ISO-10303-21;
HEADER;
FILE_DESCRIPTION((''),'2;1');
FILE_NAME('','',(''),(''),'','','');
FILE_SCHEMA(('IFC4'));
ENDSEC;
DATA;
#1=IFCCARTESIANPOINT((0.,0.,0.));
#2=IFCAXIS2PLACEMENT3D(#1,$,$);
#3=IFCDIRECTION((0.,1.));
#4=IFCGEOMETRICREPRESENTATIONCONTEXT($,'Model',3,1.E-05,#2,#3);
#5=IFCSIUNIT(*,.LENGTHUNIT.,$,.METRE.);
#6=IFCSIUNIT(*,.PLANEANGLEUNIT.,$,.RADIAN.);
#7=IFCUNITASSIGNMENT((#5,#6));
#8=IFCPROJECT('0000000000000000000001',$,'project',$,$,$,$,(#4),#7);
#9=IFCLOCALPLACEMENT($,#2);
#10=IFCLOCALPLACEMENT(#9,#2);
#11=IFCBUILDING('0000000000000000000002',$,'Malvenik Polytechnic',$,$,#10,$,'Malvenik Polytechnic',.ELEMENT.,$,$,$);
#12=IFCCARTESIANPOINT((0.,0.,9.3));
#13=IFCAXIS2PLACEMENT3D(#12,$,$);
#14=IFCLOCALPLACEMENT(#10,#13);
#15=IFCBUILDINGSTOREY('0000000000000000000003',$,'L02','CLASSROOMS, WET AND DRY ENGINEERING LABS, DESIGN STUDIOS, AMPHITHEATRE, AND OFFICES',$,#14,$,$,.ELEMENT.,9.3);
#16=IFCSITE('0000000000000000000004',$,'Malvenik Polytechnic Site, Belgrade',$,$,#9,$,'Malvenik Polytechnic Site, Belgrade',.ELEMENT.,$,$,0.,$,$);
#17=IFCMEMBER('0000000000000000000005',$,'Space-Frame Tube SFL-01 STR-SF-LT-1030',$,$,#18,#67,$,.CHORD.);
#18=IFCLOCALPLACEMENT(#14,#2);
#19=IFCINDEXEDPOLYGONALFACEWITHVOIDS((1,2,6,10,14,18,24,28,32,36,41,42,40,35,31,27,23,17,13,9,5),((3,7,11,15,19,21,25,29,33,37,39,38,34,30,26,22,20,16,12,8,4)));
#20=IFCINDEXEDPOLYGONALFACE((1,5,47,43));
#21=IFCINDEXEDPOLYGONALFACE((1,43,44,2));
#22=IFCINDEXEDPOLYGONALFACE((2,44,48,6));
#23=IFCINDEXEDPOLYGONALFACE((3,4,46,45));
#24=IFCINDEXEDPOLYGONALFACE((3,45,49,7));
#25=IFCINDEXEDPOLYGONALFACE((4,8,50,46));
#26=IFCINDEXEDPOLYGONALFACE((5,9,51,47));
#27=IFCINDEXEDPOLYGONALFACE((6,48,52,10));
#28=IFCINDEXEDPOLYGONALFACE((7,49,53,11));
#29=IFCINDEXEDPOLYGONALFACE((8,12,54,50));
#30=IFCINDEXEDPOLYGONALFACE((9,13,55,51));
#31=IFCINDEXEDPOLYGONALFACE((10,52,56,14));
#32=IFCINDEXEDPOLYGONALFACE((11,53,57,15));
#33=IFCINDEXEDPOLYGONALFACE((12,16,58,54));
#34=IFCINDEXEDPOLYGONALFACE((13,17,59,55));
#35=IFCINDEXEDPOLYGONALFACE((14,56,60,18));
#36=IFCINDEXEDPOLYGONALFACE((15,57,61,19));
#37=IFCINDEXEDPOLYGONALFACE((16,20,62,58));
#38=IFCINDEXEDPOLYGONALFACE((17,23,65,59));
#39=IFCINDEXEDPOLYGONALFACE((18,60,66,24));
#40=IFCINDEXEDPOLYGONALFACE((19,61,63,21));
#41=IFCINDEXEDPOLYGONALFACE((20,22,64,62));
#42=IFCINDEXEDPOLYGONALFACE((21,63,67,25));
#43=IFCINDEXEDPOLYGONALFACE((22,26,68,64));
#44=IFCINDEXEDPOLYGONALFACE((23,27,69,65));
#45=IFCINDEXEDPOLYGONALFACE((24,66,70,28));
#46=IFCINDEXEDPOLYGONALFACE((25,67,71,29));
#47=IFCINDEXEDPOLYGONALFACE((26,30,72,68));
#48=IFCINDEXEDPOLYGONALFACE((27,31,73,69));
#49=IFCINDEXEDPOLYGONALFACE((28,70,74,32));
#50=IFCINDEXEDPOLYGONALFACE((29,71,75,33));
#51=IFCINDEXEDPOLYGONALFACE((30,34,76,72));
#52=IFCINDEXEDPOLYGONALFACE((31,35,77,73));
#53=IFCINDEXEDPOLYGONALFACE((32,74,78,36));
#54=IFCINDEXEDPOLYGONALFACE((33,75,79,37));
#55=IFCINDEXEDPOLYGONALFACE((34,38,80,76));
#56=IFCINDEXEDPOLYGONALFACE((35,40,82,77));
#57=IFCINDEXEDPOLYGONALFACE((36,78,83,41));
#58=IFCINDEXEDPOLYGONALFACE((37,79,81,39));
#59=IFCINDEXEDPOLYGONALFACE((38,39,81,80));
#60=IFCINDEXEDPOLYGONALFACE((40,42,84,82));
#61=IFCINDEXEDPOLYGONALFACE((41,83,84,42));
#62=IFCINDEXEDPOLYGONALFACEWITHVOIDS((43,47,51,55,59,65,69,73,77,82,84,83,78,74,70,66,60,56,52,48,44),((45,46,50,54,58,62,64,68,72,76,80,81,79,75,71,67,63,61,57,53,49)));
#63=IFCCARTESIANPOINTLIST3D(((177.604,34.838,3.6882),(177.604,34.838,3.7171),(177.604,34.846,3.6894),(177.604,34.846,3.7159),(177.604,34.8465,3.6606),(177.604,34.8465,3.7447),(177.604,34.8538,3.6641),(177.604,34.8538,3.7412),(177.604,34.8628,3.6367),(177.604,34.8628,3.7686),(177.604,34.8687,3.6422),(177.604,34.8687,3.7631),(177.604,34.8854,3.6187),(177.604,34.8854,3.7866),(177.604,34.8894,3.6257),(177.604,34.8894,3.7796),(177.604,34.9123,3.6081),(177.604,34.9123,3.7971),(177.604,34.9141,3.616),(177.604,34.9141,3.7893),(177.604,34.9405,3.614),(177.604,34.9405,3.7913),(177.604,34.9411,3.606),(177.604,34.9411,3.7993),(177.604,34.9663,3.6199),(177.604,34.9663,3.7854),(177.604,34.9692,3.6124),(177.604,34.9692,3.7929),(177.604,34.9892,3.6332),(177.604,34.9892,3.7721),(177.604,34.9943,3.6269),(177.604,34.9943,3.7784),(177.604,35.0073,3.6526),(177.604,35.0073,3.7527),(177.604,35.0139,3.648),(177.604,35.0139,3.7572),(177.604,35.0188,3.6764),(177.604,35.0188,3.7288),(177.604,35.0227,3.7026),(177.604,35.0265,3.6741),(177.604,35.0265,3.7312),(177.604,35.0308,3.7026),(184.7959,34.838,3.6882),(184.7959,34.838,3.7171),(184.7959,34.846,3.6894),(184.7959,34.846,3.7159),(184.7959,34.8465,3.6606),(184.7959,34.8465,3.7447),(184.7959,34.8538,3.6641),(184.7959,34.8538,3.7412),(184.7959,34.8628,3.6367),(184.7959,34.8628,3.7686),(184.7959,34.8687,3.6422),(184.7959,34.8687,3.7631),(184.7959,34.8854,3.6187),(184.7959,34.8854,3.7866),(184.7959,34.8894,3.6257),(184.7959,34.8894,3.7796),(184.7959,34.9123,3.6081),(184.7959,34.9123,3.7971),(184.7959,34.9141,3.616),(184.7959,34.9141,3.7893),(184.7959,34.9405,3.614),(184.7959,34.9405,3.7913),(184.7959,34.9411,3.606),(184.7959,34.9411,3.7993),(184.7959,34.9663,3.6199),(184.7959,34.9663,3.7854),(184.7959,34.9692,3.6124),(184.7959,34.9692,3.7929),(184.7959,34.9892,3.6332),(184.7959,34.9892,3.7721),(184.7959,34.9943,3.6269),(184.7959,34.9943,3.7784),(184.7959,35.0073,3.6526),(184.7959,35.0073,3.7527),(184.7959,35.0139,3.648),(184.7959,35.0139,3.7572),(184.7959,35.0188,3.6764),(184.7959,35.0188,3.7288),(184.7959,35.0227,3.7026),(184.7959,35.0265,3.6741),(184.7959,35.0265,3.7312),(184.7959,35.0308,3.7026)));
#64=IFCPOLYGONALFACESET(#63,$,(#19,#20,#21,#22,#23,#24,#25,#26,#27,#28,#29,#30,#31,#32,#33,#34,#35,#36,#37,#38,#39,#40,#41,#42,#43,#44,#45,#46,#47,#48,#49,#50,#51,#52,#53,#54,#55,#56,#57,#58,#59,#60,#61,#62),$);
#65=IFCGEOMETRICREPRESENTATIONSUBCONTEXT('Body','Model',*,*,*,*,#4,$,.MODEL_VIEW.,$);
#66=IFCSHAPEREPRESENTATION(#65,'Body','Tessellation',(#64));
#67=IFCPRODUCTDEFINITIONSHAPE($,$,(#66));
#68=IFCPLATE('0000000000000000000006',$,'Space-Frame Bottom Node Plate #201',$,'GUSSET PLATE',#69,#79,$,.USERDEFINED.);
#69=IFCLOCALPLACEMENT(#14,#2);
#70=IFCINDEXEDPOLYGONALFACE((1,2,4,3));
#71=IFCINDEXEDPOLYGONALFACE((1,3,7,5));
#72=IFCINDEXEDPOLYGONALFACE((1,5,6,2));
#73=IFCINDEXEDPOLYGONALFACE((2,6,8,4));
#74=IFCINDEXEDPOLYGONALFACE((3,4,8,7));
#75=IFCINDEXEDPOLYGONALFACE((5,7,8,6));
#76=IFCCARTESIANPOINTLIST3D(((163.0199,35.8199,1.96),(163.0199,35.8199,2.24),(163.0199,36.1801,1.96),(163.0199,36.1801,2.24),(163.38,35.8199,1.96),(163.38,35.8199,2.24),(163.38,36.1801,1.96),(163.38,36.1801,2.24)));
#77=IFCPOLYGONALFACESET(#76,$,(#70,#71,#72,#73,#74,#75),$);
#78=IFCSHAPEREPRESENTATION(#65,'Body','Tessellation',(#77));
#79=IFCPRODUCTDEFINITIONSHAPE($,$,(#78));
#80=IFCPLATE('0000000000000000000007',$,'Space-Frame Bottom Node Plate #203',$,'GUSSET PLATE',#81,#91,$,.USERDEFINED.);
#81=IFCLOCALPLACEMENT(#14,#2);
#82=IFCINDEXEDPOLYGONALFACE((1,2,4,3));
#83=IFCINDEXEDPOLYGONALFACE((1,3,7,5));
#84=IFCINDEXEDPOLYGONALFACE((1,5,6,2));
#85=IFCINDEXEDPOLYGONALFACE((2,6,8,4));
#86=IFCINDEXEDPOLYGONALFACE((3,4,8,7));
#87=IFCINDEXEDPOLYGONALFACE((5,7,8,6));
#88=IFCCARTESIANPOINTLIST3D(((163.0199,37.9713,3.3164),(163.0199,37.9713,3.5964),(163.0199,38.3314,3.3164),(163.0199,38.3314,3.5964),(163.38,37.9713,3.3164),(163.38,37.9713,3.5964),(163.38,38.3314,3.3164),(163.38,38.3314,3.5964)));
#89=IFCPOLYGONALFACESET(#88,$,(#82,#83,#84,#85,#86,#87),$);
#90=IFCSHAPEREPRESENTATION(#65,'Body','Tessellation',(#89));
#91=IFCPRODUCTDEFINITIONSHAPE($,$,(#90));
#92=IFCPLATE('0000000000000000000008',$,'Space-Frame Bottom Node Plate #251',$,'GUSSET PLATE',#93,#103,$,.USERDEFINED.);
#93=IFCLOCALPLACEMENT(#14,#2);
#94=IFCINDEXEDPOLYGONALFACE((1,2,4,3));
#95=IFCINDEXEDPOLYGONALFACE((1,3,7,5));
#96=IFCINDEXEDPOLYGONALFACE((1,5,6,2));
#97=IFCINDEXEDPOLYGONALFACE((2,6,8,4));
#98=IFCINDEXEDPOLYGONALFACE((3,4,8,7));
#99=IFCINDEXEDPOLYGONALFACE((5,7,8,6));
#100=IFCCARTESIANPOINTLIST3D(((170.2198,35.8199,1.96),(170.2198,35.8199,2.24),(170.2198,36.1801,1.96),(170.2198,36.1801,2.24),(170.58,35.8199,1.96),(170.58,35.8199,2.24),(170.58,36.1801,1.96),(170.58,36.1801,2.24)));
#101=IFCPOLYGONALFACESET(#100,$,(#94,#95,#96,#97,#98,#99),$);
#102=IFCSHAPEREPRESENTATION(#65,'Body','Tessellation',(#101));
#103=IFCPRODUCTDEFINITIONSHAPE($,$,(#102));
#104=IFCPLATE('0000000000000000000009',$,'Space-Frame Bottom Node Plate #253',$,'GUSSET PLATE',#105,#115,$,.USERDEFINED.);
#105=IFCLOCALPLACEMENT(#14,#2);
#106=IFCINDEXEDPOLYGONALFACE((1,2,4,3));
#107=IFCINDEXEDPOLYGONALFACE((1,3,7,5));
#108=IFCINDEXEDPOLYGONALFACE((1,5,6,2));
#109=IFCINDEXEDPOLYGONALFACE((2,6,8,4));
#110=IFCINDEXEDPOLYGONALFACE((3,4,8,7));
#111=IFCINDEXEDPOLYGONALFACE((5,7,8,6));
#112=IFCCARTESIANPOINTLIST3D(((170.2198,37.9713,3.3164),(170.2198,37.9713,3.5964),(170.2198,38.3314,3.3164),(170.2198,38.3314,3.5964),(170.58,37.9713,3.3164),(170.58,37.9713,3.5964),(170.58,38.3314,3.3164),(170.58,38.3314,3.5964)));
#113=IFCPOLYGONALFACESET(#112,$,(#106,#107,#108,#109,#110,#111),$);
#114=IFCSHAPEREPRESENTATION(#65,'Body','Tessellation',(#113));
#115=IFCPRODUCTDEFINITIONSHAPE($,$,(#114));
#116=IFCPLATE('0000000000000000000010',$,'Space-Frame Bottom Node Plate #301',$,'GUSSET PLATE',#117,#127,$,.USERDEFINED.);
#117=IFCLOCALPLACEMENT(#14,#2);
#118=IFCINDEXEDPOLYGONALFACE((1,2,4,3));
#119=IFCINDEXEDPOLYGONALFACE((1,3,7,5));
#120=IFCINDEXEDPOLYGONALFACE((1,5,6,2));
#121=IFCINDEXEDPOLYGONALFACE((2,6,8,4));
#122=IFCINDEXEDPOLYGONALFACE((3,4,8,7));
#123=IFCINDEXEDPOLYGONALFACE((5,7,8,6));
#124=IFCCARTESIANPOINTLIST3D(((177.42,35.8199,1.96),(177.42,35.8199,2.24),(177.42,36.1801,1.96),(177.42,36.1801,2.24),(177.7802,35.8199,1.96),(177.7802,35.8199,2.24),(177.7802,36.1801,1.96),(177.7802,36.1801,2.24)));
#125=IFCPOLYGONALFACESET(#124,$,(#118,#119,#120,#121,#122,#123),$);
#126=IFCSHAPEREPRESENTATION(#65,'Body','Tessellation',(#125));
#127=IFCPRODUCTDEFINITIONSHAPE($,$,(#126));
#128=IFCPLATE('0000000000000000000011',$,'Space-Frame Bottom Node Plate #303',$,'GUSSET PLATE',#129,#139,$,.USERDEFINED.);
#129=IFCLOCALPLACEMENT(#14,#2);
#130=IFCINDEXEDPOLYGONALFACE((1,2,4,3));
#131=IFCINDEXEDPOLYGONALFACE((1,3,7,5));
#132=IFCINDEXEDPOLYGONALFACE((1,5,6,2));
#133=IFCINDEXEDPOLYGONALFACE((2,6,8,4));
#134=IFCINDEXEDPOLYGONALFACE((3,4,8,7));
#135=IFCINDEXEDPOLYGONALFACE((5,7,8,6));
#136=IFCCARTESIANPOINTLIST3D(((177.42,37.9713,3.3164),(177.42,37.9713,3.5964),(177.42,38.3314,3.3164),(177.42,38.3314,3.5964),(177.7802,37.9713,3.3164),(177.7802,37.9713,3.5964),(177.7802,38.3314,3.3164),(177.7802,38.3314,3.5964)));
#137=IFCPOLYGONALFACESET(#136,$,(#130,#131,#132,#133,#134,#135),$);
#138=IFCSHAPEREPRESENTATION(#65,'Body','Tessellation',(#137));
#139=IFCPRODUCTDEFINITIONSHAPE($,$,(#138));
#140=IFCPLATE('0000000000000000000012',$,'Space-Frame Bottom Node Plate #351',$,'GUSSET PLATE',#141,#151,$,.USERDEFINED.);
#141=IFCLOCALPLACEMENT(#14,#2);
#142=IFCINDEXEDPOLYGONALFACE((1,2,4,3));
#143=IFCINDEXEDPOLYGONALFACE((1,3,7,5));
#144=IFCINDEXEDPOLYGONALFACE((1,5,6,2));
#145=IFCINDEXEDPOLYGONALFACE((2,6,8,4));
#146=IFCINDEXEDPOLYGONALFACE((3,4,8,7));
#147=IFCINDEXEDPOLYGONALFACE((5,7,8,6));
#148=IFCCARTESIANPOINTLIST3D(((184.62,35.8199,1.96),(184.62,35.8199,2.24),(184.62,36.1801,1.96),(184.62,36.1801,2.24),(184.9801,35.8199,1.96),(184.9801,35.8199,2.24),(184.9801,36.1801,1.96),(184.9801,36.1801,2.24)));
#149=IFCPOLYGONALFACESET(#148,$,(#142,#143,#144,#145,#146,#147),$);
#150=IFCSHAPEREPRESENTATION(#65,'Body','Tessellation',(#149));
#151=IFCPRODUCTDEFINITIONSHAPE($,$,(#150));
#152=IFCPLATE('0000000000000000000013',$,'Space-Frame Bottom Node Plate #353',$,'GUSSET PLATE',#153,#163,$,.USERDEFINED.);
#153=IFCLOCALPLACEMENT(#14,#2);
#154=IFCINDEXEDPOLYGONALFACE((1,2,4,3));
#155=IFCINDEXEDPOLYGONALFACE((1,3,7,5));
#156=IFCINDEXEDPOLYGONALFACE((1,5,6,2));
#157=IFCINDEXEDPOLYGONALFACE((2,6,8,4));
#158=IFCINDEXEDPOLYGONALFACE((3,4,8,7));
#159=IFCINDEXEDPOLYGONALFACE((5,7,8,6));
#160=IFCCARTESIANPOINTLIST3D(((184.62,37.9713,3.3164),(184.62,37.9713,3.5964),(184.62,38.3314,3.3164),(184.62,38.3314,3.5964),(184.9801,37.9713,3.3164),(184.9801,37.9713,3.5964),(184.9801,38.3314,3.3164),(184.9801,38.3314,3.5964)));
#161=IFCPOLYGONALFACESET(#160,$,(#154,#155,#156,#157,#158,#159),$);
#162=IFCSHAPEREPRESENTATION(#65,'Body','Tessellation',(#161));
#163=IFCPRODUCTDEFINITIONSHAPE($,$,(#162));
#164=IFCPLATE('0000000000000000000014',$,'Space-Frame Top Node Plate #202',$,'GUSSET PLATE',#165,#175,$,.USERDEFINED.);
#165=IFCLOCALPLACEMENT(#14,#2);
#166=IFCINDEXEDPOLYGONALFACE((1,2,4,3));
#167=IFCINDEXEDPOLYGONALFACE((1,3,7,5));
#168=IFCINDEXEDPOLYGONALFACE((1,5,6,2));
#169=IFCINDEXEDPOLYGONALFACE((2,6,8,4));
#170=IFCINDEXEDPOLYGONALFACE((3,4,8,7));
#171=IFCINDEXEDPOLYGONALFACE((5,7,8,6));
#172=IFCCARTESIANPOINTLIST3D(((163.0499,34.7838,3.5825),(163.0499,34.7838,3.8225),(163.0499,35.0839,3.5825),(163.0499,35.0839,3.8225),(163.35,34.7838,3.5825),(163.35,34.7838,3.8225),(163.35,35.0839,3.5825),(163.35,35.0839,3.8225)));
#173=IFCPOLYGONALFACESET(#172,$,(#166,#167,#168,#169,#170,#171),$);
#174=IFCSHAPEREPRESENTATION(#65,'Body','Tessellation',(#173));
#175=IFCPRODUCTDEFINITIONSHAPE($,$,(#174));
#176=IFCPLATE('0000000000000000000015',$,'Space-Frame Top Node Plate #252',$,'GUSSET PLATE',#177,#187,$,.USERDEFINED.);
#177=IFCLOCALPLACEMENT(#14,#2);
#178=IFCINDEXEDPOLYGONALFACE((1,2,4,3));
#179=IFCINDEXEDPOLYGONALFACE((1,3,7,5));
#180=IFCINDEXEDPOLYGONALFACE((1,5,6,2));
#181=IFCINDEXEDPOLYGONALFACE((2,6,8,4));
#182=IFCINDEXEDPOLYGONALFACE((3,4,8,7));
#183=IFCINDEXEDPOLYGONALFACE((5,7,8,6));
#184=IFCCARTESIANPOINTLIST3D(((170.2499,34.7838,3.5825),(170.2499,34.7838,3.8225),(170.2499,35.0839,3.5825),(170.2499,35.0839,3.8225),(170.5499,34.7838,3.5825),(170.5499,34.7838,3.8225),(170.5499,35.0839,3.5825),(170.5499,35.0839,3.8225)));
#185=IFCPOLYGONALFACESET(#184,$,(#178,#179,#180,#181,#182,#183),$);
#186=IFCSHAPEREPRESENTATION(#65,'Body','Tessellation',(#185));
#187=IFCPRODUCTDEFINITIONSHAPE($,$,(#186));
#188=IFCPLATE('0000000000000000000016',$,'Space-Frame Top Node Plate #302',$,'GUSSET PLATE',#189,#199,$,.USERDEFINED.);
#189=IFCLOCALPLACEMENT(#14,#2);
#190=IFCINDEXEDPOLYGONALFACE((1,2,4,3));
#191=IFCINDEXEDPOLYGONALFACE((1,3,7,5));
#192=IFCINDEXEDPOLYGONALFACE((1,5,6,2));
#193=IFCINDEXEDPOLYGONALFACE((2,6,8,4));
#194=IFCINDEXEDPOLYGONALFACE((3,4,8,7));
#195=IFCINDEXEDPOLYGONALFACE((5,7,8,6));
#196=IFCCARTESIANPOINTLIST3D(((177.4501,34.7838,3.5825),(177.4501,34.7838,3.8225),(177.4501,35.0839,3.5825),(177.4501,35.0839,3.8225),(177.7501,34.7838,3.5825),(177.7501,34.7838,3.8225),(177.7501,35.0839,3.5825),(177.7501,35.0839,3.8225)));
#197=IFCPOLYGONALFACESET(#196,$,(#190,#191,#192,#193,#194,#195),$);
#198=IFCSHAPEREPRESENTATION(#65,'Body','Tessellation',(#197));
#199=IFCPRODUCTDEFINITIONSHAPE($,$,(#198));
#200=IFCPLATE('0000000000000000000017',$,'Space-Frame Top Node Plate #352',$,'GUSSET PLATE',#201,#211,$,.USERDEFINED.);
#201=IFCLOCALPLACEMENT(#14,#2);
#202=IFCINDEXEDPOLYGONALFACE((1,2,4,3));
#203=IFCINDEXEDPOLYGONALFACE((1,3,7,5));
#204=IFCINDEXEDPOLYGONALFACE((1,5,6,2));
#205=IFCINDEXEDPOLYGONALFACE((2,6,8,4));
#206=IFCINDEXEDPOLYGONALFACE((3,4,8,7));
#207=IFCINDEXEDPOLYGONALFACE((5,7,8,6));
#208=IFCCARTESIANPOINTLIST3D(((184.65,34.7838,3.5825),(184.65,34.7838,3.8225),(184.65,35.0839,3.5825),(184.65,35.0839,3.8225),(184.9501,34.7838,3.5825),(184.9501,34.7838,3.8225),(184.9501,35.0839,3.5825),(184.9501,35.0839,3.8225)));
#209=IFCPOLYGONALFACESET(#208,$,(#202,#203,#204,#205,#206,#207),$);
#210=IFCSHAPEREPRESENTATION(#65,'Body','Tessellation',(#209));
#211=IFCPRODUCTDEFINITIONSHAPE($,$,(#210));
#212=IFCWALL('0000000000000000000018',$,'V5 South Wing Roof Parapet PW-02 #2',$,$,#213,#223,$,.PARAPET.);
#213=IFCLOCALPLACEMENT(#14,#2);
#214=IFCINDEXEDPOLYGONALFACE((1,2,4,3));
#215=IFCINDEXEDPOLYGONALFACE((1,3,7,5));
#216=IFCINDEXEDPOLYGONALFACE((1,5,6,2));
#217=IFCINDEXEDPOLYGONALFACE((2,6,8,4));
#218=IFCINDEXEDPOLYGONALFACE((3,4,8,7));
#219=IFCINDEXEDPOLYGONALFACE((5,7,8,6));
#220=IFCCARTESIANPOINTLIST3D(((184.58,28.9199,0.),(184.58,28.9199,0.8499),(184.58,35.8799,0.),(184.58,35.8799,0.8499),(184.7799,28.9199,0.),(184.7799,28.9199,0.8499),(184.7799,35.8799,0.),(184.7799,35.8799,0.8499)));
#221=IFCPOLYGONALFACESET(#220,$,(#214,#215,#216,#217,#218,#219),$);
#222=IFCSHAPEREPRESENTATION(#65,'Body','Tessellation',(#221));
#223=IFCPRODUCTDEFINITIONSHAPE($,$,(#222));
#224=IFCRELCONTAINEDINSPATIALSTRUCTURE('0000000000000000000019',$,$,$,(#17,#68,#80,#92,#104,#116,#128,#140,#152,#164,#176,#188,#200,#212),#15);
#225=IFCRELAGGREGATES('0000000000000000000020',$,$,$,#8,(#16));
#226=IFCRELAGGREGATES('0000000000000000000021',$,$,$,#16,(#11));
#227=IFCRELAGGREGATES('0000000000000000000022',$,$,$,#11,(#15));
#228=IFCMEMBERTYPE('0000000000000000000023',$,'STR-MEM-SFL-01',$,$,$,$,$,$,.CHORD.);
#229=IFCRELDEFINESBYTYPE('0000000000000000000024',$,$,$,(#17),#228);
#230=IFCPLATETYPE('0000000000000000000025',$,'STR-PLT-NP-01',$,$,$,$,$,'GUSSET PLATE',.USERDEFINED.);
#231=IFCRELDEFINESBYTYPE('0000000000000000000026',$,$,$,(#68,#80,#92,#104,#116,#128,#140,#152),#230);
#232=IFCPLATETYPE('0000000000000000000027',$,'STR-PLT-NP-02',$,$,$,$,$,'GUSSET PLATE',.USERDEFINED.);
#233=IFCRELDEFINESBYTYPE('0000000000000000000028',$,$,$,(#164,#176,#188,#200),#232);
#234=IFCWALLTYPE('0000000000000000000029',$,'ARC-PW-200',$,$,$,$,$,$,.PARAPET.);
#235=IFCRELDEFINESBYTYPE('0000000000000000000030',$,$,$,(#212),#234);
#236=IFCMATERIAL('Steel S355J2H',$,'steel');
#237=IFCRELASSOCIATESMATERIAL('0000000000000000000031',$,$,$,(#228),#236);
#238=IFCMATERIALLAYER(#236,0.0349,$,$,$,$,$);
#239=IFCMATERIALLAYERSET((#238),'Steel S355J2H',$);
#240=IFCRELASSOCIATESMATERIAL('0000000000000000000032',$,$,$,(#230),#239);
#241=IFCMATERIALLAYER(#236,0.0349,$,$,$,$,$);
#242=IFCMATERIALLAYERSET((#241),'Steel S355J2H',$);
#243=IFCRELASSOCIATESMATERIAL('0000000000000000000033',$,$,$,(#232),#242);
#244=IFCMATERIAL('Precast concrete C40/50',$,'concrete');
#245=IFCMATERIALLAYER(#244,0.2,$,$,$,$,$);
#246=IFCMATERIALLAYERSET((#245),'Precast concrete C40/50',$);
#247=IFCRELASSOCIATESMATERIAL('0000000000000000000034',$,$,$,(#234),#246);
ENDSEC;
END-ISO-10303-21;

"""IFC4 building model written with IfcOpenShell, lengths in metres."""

from ifc_helpers import new_model, si_unit, direction, frame, frame_2d, origin, origin_2d, place, context, subcontext, project, spatial, rectangle, hollow_circle, extrude, material, layer, layer_set, material_profile, profile_set, type_object, element, save


model = new_model("IFC4")

# Units and contexts
model_context = context("Model", 3, precision=1e-05, world=origin(), true_north=direction((0.0, 1.0)))
body_context = subcontext(model_context, "Body", "Model", "MODEL_VIEW")
ifc_project = project(units=[si_unit("LENGTHUNIT", "METRE"), si_unit("PLANEANGLEUNIT", "RADIAN")], contexts=[model_context])

# Site, building, storey
site_placement = place(None, origin())
site = spatial("IfcSite", under=ifc_project, at=site_placement, Name="Malvenik Polytechnic Site, Belgrade", LongName="Malvenik Polytechnic Site, Belgrade", CompositionType="ELEMENT", RefElevation=0.0)
building_placement = place(site_placement, origin())
building = spatial("IfcBuilding", under=site, at=building_placement, Name="Malvenik Polytechnic", LongName="Malvenik Polytechnic", CompositionType="ELEMENT")
storey_placement = place(building_placement, frame((0.0, 0.0, 9.3)))
storey = spatial("IfcBuildingStorey", under=building, at=storey_placement, Name="L02", Description="CLASSROOMS, WET AND DRY ENGINEERING LABS, DESIGN STUDIOS, AMPHITHEATRE, AND OFFICES", CompositionType="ELEMENT", Elevation=9.3)

# Member
ifc_material_1 = material(Name="Steel S355J2H", Category="steel")
ifc_material_profile_1 = material_profile(ifc_material_1, hollow_circle(Radius=0.0969, WallThickness=0.0081, at=origin_2d()), Name="CHS 193.7x8.0")
ifc_profile_set_1 = profile_set([ifc_material_profile_1], Name="Steel S355J2H")
member_type_1 = type_object("IfcMemberType", Name="STR-MEM-SFL-01", PredefinedType="CHORD", material=ifc_profile_set_1)
for number, where, z_axis, x_axis, name in (
    (1, (177.604, 34.9338, 3.7026), (1.0, 0.0, 0.0), (0.0, 1.0, 0.0), "Space-Frame Tube SFL-01 STR-SF-LT-1030"),
):
    element("IfcMember", number, at=place(storey_placement, frame(where, z_axis=z_axis, x_axis=x_axis)), inside=storey, type_object=member_type_1, Name=name, PredefinedType="CHORD", context=body_context, shape_type="SweptSolid", body=[
        extrude(hollow_circle(Radius=0.0969, WallThickness=0.0081, at=origin_2d()), origin(), (0.0, 0.0, 1.0), 7.1919),
    ])

# Plates
ifc_layer_1 = layer(ifc_material_1, 0.0349)
ifc_layer_set_1 = layer_set([ifc_layer_1], Name="Steel S355J2H")
plate_type_1 = type_object("IfcPlateType", Name="STR-PLT-NP-01", ElementType="GUSSET PLATE", PredefinedType="USERDEFINED", material=ifc_layer_set_1)
for number, where, z_axis, x_axis, name in (
    (2, (163.2, 36.0, 1.96), (0.0, 0.0, 1.0), (1.0, 0.0, 0.0), "Space-Frame Bottom Node Plate #201"),
    (3, (163.2, 38.1514, 3.3164), (0.0, 0.0, 1.0), (1.0, 0.0, 0.0), "Space-Frame Bottom Node Plate #203"),
    (4, (170.3999, 36.0, 1.96), (0.0, 0.0, 1.0), (1.0, 0.0, 0.0), "Space-Frame Bottom Node Plate #251"),
    (5, (170.3999, 38.1514, 3.3164), (0.0, 0.0, 1.0), (1.0, 0.0, 0.0), "Space-Frame Bottom Node Plate #253"),
    (6, (177.6001, 36.0, 1.96), (0.0, 0.0, 1.0), (1.0, 0.0, 0.0), "Space-Frame Bottom Node Plate #301"),
    (7, (177.6001, 38.1514, 3.3164), (0.0, 0.0, 1.0), (1.0, 0.0, 0.0), "Space-Frame Bottom Node Plate #303"),
    (8, (184.8, 36.0, 1.96), (0.0, 0.0, 1.0), (1.0, 0.0, 0.0), "Space-Frame Bottom Node Plate #351"),
    (9, (184.8, 38.1514, 3.3164), (0.0, 0.0, 1.0), (1.0, 0.0, 0.0), "Space-Frame Bottom Node Plate #353"),
):
    element("IfcPlate", number, at=place(storey_placement, frame(where, z_axis=z_axis, x_axis=x_axis)), inside=storey, type_object=plate_type_1, Name=name, ObjectType="GUSSET PLATE", PredefinedType="USERDEFINED", context=body_context, shape_type="SweptSolid", body=[
        extrude(rectangle(XDim=0.3601, YDim=0.3601, at=origin_2d()), origin(), (0.0, 0.0, 1.0), 0.28),
    ])
ifc_layer_2 = layer(ifc_material_1, 0.0349)
ifc_layer_set_2 = layer_set([ifc_layer_2], Name="Steel S355J2H")
plate_type_2 = type_object("IfcPlateType", Name="STR-PLT-NP-02", ElementType="GUSSET PLATE", PredefinedType="USERDEFINED", material=ifc_layer_set_2)
for number, where, z_axis, x_axis, name in (
    (10, (163.2, 34.9338, 3.5825), (0.0, 0.0, 1.0), (1.0, 0.0, 0.0), "Space-Frame Top Node Plate #202"),
    (11, (170.3999, 34.9338, 3.5825), (0.0, 0.0, 1.0), (1.0, 0.0, 0.0), "Space-Frame Top Node Plate #252"),
    (12, (177.6001, 34.9338, 3.5825), (0.0, 0.0, 1.0), (1.0, 0.0, 0.0), "Space-Frame Top Node Plate #302"),
    (13, (184.8, 34.9338, 3.5825), (0.0, 0.0, 1.0), (1.0, 0.0, 0.0), "Space-Frame Top Node Plate #352"),
):
    element("IfcPlate", number, at=place(storey_placement, frame(where, z_axis=z_axis, x_axis=x_axis)), inside=storey, type_object=plate_type_2, Name=name, ObjectType="GUSSET PLATE", PredefinedType="USERDEFINED", context=body_context, shape_type="SweptSolid", body=[
        extrude(rectangle(XDim=0.3, YDim=0.3, at=origin_2d()), origin(), (0.0, 0.0, 1.0), 0.24),
    ])

# Wall
ifc_material_2 = material(Name="Precast concrete C40/50", Category="concrete")
ifc_layer_3 = layer(ifc_material_2, 0.2)
ifc_layer_set_3 = layer_set([ifc_layer_3], Name="Precast concrete C40/50")
wall_type = type_object("IfcWallType", Name="ARC-PW-200", PredefinedType="PARAPET", material=ifc_layer_set_3)
wall_1_placement = place(storey_placement, frame((184.6799, 35.8799, 0.0), z_axis=(0.0, 0.0, 1.0), x_axis=(0.0, -1.0, 0.0)))
element("IfcWall", 14, at=wall_1_placement, inside=storey, type_object=wall_type, Name="V5 South Wing Roof Parapet PW-02 #2", PredefinedType="PARAPET", context=body_context, shape_type="SweptSolid", body=[
    extrude(rectangle(XDim=6.96, YDim=0.2, at=frame_2d((3.48, 0.0))), origin(), (0.0, 0.0, 1.0), 0.8499),
])

save(model, "model.ifc")
